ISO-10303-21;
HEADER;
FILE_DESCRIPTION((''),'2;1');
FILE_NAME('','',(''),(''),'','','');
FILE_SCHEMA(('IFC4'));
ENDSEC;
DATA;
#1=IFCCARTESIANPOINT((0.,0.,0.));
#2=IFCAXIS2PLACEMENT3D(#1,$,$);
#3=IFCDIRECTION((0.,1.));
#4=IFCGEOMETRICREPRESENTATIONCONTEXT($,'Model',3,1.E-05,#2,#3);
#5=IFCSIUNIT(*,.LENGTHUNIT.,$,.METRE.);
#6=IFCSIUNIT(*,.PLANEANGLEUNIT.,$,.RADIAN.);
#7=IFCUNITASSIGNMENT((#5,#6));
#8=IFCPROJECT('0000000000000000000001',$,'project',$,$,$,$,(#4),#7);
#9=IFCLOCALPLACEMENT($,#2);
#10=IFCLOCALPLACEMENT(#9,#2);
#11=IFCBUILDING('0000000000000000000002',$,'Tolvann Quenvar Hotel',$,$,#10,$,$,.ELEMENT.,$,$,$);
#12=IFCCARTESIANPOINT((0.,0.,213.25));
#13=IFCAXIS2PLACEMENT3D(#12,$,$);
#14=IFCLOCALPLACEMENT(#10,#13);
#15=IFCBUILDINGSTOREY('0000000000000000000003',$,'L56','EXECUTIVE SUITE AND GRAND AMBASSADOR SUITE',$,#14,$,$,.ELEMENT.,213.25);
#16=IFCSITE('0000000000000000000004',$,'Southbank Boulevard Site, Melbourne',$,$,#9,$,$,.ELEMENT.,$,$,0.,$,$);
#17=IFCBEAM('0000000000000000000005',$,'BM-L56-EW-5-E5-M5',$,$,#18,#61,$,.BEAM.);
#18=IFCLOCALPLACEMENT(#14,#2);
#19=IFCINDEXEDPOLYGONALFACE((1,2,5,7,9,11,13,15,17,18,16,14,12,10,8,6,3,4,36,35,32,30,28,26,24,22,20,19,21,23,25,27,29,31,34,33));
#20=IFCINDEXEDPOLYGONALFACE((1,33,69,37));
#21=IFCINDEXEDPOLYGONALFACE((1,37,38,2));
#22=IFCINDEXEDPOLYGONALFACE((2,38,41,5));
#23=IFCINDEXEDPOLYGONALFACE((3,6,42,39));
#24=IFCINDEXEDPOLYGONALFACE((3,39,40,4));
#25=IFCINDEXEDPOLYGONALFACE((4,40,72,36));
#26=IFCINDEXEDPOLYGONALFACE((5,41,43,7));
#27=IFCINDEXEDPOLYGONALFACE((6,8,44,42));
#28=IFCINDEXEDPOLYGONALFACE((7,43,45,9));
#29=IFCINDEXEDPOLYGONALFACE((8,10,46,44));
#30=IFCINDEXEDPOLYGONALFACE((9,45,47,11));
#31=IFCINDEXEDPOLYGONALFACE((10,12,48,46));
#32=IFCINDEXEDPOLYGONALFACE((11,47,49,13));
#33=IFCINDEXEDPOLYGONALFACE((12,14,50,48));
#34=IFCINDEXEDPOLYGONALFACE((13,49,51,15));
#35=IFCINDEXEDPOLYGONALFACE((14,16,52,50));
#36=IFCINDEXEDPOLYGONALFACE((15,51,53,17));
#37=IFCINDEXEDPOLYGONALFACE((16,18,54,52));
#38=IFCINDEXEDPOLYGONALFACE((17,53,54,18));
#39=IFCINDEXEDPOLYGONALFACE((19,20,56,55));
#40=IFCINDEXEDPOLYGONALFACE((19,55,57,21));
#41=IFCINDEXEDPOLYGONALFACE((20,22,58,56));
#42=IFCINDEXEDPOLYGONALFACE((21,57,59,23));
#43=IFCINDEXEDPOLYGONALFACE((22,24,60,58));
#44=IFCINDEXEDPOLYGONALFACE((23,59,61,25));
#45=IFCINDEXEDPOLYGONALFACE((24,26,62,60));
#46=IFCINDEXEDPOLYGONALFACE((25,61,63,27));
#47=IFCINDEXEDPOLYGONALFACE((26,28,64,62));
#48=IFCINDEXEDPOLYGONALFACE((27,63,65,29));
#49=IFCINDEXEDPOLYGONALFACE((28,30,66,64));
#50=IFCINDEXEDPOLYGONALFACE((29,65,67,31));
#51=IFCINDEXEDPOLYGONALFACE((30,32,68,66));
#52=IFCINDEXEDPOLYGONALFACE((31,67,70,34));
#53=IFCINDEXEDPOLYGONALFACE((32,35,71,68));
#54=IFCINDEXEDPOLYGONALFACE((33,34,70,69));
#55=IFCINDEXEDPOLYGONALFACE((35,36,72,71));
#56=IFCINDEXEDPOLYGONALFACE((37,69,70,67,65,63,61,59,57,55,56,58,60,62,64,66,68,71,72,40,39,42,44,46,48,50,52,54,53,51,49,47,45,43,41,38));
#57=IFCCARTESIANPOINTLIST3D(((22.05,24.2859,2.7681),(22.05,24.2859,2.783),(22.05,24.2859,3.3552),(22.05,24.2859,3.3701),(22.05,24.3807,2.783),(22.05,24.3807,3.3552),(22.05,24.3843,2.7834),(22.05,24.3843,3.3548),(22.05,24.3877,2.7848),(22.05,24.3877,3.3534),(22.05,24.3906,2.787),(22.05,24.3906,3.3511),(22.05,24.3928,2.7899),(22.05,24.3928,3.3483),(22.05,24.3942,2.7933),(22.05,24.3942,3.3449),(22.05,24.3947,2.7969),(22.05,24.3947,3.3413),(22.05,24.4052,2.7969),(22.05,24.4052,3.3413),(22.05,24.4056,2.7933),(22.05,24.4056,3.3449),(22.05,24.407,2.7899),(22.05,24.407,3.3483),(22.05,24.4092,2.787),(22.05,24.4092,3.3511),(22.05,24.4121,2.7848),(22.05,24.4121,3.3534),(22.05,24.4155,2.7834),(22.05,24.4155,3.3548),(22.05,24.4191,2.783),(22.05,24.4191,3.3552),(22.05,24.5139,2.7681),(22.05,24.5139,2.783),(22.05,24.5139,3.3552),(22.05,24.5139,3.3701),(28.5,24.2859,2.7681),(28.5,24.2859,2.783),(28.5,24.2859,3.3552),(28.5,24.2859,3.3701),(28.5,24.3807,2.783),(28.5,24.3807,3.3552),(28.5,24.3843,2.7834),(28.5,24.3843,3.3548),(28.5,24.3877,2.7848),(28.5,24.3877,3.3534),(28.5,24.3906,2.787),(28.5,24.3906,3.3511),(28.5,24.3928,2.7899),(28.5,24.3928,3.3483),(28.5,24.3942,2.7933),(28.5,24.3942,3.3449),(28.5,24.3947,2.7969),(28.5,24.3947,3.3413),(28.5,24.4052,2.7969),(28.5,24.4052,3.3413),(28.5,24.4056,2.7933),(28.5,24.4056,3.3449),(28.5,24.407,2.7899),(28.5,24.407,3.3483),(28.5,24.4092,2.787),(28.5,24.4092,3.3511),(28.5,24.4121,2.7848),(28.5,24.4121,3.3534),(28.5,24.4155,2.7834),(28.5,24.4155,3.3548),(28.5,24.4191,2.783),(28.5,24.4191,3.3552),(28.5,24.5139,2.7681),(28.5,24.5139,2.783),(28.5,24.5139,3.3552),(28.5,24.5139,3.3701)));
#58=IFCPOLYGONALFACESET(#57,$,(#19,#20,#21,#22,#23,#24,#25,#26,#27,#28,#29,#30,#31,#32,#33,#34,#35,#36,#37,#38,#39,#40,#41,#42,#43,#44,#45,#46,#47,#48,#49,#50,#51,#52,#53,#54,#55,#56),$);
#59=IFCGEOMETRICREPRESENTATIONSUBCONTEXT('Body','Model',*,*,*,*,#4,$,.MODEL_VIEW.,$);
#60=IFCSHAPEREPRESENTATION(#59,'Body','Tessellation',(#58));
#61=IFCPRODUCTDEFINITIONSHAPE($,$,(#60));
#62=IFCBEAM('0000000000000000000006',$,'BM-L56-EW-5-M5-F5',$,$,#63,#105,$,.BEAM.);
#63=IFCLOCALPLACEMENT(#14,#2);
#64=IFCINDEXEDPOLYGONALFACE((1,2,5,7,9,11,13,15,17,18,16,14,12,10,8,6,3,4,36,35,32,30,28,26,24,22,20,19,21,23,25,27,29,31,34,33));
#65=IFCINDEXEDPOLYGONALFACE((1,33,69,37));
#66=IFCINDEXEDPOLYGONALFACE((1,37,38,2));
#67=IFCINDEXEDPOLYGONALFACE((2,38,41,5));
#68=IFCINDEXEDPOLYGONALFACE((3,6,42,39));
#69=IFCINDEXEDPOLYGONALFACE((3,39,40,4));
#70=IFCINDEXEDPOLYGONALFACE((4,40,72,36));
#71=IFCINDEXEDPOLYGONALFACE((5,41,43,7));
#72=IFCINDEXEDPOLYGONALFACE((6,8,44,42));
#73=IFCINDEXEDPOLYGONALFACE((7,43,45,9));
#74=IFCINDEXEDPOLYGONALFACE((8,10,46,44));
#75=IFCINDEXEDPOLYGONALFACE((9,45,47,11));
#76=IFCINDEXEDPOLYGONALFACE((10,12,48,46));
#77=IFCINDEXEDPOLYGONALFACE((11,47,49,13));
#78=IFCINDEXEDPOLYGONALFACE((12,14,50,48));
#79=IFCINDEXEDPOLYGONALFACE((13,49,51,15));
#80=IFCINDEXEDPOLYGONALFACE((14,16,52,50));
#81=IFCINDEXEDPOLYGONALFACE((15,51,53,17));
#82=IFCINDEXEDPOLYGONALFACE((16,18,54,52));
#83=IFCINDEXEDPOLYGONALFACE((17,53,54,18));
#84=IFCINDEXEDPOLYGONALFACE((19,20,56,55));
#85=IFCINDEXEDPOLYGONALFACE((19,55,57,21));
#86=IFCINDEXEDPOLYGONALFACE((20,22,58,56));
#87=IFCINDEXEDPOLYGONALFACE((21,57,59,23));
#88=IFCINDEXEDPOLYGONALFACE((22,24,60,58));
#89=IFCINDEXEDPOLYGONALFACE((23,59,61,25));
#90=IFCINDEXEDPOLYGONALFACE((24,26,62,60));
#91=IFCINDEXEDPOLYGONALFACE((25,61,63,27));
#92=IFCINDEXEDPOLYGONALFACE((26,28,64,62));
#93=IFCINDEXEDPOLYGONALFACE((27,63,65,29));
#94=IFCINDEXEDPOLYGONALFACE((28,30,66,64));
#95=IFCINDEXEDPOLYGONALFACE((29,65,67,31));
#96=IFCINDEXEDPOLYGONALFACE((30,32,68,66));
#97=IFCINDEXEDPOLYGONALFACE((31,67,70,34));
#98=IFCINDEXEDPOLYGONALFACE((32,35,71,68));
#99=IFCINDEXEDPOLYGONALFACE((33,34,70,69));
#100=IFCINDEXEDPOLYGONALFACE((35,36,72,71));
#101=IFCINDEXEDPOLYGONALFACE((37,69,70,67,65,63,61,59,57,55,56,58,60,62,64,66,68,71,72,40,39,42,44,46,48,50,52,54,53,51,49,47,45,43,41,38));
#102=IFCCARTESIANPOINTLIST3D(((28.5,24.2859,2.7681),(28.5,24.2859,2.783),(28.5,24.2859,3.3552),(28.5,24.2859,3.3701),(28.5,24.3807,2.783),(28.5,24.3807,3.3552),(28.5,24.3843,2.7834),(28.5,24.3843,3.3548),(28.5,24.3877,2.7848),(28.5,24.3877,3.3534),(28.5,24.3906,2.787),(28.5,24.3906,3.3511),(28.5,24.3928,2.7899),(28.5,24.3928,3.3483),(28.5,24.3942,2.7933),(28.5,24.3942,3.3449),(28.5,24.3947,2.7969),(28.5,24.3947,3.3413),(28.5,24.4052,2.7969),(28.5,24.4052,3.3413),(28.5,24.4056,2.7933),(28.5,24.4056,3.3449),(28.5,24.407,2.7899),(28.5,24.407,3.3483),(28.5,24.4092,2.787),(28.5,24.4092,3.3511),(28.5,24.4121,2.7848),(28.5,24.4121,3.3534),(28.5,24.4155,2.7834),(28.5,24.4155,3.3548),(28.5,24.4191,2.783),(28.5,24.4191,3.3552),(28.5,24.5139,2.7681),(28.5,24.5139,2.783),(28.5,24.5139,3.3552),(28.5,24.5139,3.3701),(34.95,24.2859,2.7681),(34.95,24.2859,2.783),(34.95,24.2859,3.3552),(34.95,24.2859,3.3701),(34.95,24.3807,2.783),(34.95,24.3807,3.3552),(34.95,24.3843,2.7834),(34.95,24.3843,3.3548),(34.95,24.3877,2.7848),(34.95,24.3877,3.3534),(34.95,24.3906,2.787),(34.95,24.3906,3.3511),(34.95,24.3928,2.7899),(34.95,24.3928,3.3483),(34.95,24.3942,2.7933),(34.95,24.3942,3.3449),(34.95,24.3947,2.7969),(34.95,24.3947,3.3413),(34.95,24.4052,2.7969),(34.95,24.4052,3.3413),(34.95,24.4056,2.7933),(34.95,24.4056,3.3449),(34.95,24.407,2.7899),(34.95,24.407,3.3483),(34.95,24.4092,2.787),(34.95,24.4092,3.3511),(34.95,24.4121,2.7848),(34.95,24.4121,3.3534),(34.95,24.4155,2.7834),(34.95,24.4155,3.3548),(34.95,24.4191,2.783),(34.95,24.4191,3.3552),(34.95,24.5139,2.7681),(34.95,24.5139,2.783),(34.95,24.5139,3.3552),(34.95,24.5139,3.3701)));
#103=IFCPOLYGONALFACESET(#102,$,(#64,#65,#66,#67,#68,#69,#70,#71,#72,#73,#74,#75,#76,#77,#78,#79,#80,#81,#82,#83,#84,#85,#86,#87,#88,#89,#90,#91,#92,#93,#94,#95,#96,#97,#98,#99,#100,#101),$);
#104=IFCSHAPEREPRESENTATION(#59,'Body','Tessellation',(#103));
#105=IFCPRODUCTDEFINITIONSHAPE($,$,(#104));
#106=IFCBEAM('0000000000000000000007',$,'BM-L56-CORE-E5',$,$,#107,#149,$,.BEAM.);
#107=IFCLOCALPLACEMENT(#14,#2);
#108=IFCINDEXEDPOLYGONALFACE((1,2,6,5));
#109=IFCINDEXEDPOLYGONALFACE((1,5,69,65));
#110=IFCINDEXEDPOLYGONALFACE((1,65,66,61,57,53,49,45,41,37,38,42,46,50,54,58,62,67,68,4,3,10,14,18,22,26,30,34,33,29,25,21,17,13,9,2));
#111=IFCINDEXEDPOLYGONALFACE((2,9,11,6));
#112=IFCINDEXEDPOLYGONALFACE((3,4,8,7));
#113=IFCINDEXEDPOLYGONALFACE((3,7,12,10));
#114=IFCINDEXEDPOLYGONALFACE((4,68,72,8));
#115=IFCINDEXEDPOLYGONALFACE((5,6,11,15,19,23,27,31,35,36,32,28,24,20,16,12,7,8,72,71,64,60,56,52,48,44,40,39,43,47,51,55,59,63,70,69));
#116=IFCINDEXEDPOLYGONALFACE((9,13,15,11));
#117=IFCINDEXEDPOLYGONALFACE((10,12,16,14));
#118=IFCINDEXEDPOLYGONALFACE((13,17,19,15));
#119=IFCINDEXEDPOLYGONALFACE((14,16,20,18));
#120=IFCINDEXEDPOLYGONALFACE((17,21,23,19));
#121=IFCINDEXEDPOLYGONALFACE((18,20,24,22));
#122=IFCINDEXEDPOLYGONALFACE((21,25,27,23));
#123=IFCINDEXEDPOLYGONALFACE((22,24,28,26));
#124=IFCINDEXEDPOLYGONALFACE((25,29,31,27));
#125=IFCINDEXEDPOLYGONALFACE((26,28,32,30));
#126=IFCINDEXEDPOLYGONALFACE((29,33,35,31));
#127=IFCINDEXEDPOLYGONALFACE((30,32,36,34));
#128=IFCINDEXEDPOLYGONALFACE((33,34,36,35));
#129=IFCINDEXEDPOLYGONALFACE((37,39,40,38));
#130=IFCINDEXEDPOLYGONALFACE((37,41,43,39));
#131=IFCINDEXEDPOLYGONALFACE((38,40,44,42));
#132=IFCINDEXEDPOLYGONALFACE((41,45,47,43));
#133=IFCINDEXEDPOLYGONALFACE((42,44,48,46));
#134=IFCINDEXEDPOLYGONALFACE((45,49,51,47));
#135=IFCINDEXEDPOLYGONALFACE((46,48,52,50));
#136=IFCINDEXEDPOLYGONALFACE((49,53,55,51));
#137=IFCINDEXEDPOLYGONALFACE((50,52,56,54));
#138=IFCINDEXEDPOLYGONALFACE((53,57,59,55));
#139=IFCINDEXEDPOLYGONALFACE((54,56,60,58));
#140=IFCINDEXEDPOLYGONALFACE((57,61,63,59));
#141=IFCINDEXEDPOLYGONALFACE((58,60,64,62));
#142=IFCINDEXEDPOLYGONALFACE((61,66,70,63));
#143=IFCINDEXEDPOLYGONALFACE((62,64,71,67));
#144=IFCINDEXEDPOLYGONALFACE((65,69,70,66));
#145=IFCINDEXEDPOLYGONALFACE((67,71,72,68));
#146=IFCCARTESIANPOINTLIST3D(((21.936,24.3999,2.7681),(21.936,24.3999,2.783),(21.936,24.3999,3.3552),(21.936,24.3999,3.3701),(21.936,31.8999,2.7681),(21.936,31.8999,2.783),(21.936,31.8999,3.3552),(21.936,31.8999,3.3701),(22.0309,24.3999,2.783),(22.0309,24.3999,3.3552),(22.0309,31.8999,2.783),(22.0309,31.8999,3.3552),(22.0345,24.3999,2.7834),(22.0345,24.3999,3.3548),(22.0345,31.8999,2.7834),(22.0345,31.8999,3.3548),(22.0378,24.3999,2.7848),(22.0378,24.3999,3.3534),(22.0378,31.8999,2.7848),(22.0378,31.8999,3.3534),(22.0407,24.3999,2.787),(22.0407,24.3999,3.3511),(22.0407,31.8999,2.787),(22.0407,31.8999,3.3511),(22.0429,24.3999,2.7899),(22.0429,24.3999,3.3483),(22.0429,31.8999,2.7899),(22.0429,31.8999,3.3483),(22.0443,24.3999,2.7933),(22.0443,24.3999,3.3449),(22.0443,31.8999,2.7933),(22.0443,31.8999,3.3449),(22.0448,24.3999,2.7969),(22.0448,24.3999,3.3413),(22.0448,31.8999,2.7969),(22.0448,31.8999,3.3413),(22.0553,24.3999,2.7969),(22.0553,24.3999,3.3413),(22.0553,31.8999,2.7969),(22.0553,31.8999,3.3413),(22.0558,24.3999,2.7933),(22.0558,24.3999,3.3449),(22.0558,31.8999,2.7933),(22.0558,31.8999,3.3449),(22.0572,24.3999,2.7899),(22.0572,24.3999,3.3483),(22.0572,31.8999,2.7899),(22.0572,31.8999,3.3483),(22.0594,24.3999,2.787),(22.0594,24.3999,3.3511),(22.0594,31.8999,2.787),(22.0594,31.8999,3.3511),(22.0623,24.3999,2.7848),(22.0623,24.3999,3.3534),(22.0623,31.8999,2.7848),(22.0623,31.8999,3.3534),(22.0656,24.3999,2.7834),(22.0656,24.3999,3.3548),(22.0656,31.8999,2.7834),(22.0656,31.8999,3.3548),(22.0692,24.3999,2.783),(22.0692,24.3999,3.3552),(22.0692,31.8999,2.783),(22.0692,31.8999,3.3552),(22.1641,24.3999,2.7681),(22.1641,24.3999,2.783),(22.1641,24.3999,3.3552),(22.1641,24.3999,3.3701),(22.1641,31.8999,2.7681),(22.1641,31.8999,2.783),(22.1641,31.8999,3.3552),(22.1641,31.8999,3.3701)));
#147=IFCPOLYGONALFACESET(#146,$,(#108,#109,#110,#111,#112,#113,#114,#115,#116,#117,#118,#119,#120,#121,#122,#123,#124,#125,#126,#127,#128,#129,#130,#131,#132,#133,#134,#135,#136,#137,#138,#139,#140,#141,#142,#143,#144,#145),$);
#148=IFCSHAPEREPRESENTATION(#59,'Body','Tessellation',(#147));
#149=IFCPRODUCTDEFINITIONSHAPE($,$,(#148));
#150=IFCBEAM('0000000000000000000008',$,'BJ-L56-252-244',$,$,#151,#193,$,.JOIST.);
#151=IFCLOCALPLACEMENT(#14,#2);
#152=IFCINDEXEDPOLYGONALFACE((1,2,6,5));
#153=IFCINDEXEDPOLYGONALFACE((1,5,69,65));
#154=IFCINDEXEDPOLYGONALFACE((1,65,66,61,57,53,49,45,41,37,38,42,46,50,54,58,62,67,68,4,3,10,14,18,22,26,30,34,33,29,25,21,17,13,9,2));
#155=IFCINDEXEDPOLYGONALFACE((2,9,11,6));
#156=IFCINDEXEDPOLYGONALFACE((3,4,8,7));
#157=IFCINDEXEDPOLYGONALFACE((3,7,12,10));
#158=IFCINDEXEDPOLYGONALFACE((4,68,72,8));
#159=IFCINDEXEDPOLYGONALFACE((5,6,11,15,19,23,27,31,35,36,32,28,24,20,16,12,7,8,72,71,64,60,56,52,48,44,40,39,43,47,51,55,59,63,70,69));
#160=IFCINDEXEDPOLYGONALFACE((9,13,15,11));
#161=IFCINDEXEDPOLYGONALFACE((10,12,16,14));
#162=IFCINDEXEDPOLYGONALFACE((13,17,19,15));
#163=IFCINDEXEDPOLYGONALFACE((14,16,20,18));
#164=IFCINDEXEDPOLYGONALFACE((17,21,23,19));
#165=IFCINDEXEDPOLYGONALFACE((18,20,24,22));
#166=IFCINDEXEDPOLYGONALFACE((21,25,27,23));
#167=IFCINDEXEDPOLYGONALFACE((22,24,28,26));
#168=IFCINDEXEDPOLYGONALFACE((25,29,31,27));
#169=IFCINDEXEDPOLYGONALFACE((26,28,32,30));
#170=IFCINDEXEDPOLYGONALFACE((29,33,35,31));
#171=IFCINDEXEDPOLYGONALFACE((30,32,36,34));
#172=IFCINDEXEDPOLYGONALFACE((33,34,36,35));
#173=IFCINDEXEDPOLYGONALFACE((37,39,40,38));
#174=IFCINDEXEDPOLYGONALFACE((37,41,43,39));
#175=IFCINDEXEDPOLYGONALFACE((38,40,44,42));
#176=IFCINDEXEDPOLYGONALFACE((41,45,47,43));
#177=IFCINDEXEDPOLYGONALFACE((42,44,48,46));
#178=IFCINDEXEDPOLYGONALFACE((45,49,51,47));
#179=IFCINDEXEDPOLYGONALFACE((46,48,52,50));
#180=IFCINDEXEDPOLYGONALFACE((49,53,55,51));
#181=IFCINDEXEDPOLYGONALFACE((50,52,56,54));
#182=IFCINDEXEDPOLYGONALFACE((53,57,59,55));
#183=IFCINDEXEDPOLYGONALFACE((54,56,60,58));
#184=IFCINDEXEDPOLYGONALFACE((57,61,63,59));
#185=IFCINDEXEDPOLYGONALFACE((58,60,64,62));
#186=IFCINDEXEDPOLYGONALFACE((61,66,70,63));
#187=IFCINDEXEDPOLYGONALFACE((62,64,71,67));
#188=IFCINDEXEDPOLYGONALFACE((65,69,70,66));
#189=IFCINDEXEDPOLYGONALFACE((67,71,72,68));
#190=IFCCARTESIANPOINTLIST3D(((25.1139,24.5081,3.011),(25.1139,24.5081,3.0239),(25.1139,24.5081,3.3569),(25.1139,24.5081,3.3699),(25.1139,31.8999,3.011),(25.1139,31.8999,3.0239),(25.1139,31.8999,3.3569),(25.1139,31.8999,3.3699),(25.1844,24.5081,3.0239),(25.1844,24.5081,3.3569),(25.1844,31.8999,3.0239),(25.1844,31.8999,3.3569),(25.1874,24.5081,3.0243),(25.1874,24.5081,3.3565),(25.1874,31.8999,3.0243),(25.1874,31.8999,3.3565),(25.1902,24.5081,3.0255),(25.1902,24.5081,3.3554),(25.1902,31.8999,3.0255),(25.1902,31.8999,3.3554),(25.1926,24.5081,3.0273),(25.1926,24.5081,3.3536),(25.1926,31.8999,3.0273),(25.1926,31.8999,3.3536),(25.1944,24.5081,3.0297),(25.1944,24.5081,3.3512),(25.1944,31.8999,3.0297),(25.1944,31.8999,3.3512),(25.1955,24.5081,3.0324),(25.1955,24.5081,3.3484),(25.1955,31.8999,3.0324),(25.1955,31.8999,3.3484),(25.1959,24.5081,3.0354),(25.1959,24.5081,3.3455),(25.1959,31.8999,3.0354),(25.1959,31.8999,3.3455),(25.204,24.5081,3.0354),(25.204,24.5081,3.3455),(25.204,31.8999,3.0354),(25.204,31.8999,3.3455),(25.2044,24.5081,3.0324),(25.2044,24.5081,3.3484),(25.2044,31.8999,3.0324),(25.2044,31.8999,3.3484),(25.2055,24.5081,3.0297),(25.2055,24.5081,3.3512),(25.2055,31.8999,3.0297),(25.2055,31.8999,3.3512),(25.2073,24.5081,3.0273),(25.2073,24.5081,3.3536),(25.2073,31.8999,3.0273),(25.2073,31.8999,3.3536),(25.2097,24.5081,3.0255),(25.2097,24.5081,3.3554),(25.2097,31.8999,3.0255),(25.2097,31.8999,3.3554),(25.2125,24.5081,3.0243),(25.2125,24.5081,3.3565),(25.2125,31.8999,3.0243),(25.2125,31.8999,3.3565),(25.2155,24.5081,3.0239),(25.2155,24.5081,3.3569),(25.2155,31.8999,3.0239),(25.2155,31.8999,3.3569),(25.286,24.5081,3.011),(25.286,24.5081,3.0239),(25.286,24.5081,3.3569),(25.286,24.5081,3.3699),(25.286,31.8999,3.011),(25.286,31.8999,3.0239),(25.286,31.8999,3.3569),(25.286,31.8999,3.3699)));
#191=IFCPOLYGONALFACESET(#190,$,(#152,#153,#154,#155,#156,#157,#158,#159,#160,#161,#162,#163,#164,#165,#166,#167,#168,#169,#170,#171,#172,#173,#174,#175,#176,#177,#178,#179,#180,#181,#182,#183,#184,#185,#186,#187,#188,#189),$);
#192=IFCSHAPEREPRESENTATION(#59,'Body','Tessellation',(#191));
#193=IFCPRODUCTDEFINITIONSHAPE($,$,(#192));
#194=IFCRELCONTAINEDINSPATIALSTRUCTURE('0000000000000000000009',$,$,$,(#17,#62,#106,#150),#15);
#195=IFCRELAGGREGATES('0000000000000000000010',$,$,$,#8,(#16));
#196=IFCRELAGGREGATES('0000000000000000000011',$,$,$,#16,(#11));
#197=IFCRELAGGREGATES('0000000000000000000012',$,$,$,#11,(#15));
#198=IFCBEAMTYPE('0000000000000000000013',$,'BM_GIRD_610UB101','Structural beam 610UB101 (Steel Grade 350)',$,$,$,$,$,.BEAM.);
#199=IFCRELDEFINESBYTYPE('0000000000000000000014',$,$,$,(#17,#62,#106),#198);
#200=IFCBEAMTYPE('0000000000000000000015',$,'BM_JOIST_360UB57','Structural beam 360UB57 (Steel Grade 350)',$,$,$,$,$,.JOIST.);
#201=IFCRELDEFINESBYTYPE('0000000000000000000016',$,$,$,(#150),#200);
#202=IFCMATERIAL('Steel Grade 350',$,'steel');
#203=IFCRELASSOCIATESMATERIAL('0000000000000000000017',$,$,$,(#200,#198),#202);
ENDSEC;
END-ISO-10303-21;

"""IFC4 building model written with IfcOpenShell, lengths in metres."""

from ifc_helpers import new_model, si_unit, direction, frame, origin, origin_2d, place, context, subcontext, project, spatial, i_section, extrude, source, transform, mapped, material, material_profile, profile_set, type_object, type_shapes, element, save


model = new_model("IFC4")

# Units and contexts
model_context = context("Model", 3, precision=1e-05, world=origin(), true_north=direction((0.0, 1.0)))
body_context = subcontext(model_context, "Body", "Model", "MODEL_VIEW")
ifc_project = project(units=[si_unit("LENGTHUNIT", "METRE"), si_unit("PLANEANGLEUNIT", "RADIAN")], contexts=[model_context])

# Site, building, storey
site_placement = place(None, origin())
site = spatial("IfcSite", under=ifc_project, at=site_placement, Name="Southbank Boulevard Site, Melbourne", CompositionType="ELEMENT", RefElevation=0.0)
building_placement = place(site_placement, origin())
building = spatial("IfcBuilding", under=site, at=building_placement, Name="Tolvann Quenvar Hotel", CompositionType="ELEMENT")
storey_placement = place(building_placement, frame((0.0, 0.0, 213.25)))
storey = spatial("IfcBuildingStorey", under=building, at=storey_placement, Name="L56", Description="EXECUTIVE SUITE AND GRAND AMBASSADOR SUITE", CompositionType="ELEMENT", Elevation=213.25)

# Shared definitions
ifc_material_1 = material(Name="Steel Grade 350", Category="steel")

# Beams
ifc_material_profile_1 = material_profile(ifc_material_1, i_section(OverallWidth=0.1721, OverallDepth=0.3589, WebThickness=0.0081, FlangeThickness=0.0129, FilletRadius=0.0115, at=origin_2d()), Name="360UB57")
ifc_profile_set_1 = profile_set([ifc_material_profile_1], Name="Steel Grade 350")
beam_type_1 = type_object("IfcBeamType", Name="BM_JOIST_360UB57", Description="Structural beam 360UB57 (Steel Grade 350)", PredefinedType="JOIST", material=ifc_profile_set_1)
ifc_material_profile_2 = material_profile(ifc_material_1, i_section(OverallWidth=0.228, OverallDepth=0.6021, WebThickness=0.0105, FlangeThickness=0.0149, FilletRadius=0.0139, at=origin_2d()), Name="610UB101")
ifc_profile_set_2 = profile_set([ifc_material_profile_2], Name="Steel Grade 350")
beam_type_2 = type_object("IfcBeamType", Name="BM_GIRD_610UB101", Description="Structural beam 610UB101 (Steel Grade 350)", PredefinedType="BEAM", material=ifc_profile_set_2)
shared_shape_1 = source(origin(), body_context, "Body", "SweptSolid", [
    extrude(i_section(OverallWidth=0.228, OverallDepth=0.6021, WebThickness=0.0105, FlangeThickness=0.0149, FilletRadius=0.0139, at=origin_2d()), origin(), (0.0, 0.0, 1.0), 6.45),
])
for number, where, z_axis, x_axis, name in (
    (1, (22.05, 24.3999, 3.0691), (1.0, 0.0, 0.0), (0.0, 1.0, 0.0), "BM-L56-EW-5-E5-M5"),
    (2, (28.5, 24.3999, 3.0691), (1.0, 0.0, 0.0), (0.0, 1.0, 0.0), "BM-L56-EW-5-M5-F5"),
):
    element("IfcBeam", number, at=place(storey_placement, frame(where, z_axis=z_axis, x_axis=x_axis)), inside=storey, type_object=beam_type_2, Name=name, PredefinedType="BEAM", context=body_context, shape_type="MappedRepresentation", body=[
        mapped(shared_shape_1, transform((0.0, 0.0, 0.0), x_axis=(1.0, 0.0, 0.0), y_axis=(0.0, 1.0, 0.0), z_axis=(0.0, 0.0, 1.0), scale=1.0)),
    ])
shared_shape_2 = source(origin(), body_context, "Body", "SweptSolid", [
    extrude(i_section(OverallWidth=0.228, OverallDepth=0.6021, WebThickness=0.0105, FlangeThickness=0.0149, FilletRadius=0.0139, at=origin_2d()), origin(), (0.0, 0.0, 1.0), 7.5),
])
type_shapes(beam_type_2, [shared_shape_1, shared_shape_2])
beam_1_placement = place(storey_placement, frame((22.05, 24.3999, 3.0691), z_axis=(0.0, 1.0, 0.0), x_axis=(-1.0, 0.0, 0.0)))
element("IfcBeam", 3, at=beam_1_placement, inside=storey, type_object=beam_type_2, Name="BM-L56-CORE-E5", PredefinedType="BEAM", context=body_context, shape_type="MappedRepresentation", body=[
    mapped(shared_shape_2, transform((0.0, 0.0, 0.0), x_axis=(1.0, 0.0, 0.0), y_axis=(0.0, 1.0, 0.0), z_axis=(0.0, 0.0, 1.0), scale=1.0)),
])
shared_shape_3 = source(origin(), body_context, "Body", "SweptSolid", [
    extrude(i_section(OverallWidth=0.1721, OverallDepth=0.3589, WebThickness=0.0081, FlangeThickness=0.0129, FilletRadius=0.0115, at=origin_2d()), origin(), (0.0, 0.0, 1.0), 7.3918),
])
beam_2_placement = place(storey_placement, frame((25.2, 24.5081, 3.1904), z_axis=(0.0, 1.0, 0.0), x_axis=(-1.0, 0.0, 0.0)))
element("IfcBeam", 4, at=beam_2_placement, inside=storey, type_object=beam_type_1, Name="BJ-L56-252-244", PredefinedType="JOIST", context=body_context, shape_type="MappedRepresentation", body=[
    mapped(shared_shape_3, transform((0.0, 0.0, 0.0), x_axis=(1.0, 0.0, 0.0), y_axis=(0.0, 1.0, 0.0), z_axis=(0.0, 0.0, 1.0), scale=1.0)),
])

save(model, "model.ifc")
